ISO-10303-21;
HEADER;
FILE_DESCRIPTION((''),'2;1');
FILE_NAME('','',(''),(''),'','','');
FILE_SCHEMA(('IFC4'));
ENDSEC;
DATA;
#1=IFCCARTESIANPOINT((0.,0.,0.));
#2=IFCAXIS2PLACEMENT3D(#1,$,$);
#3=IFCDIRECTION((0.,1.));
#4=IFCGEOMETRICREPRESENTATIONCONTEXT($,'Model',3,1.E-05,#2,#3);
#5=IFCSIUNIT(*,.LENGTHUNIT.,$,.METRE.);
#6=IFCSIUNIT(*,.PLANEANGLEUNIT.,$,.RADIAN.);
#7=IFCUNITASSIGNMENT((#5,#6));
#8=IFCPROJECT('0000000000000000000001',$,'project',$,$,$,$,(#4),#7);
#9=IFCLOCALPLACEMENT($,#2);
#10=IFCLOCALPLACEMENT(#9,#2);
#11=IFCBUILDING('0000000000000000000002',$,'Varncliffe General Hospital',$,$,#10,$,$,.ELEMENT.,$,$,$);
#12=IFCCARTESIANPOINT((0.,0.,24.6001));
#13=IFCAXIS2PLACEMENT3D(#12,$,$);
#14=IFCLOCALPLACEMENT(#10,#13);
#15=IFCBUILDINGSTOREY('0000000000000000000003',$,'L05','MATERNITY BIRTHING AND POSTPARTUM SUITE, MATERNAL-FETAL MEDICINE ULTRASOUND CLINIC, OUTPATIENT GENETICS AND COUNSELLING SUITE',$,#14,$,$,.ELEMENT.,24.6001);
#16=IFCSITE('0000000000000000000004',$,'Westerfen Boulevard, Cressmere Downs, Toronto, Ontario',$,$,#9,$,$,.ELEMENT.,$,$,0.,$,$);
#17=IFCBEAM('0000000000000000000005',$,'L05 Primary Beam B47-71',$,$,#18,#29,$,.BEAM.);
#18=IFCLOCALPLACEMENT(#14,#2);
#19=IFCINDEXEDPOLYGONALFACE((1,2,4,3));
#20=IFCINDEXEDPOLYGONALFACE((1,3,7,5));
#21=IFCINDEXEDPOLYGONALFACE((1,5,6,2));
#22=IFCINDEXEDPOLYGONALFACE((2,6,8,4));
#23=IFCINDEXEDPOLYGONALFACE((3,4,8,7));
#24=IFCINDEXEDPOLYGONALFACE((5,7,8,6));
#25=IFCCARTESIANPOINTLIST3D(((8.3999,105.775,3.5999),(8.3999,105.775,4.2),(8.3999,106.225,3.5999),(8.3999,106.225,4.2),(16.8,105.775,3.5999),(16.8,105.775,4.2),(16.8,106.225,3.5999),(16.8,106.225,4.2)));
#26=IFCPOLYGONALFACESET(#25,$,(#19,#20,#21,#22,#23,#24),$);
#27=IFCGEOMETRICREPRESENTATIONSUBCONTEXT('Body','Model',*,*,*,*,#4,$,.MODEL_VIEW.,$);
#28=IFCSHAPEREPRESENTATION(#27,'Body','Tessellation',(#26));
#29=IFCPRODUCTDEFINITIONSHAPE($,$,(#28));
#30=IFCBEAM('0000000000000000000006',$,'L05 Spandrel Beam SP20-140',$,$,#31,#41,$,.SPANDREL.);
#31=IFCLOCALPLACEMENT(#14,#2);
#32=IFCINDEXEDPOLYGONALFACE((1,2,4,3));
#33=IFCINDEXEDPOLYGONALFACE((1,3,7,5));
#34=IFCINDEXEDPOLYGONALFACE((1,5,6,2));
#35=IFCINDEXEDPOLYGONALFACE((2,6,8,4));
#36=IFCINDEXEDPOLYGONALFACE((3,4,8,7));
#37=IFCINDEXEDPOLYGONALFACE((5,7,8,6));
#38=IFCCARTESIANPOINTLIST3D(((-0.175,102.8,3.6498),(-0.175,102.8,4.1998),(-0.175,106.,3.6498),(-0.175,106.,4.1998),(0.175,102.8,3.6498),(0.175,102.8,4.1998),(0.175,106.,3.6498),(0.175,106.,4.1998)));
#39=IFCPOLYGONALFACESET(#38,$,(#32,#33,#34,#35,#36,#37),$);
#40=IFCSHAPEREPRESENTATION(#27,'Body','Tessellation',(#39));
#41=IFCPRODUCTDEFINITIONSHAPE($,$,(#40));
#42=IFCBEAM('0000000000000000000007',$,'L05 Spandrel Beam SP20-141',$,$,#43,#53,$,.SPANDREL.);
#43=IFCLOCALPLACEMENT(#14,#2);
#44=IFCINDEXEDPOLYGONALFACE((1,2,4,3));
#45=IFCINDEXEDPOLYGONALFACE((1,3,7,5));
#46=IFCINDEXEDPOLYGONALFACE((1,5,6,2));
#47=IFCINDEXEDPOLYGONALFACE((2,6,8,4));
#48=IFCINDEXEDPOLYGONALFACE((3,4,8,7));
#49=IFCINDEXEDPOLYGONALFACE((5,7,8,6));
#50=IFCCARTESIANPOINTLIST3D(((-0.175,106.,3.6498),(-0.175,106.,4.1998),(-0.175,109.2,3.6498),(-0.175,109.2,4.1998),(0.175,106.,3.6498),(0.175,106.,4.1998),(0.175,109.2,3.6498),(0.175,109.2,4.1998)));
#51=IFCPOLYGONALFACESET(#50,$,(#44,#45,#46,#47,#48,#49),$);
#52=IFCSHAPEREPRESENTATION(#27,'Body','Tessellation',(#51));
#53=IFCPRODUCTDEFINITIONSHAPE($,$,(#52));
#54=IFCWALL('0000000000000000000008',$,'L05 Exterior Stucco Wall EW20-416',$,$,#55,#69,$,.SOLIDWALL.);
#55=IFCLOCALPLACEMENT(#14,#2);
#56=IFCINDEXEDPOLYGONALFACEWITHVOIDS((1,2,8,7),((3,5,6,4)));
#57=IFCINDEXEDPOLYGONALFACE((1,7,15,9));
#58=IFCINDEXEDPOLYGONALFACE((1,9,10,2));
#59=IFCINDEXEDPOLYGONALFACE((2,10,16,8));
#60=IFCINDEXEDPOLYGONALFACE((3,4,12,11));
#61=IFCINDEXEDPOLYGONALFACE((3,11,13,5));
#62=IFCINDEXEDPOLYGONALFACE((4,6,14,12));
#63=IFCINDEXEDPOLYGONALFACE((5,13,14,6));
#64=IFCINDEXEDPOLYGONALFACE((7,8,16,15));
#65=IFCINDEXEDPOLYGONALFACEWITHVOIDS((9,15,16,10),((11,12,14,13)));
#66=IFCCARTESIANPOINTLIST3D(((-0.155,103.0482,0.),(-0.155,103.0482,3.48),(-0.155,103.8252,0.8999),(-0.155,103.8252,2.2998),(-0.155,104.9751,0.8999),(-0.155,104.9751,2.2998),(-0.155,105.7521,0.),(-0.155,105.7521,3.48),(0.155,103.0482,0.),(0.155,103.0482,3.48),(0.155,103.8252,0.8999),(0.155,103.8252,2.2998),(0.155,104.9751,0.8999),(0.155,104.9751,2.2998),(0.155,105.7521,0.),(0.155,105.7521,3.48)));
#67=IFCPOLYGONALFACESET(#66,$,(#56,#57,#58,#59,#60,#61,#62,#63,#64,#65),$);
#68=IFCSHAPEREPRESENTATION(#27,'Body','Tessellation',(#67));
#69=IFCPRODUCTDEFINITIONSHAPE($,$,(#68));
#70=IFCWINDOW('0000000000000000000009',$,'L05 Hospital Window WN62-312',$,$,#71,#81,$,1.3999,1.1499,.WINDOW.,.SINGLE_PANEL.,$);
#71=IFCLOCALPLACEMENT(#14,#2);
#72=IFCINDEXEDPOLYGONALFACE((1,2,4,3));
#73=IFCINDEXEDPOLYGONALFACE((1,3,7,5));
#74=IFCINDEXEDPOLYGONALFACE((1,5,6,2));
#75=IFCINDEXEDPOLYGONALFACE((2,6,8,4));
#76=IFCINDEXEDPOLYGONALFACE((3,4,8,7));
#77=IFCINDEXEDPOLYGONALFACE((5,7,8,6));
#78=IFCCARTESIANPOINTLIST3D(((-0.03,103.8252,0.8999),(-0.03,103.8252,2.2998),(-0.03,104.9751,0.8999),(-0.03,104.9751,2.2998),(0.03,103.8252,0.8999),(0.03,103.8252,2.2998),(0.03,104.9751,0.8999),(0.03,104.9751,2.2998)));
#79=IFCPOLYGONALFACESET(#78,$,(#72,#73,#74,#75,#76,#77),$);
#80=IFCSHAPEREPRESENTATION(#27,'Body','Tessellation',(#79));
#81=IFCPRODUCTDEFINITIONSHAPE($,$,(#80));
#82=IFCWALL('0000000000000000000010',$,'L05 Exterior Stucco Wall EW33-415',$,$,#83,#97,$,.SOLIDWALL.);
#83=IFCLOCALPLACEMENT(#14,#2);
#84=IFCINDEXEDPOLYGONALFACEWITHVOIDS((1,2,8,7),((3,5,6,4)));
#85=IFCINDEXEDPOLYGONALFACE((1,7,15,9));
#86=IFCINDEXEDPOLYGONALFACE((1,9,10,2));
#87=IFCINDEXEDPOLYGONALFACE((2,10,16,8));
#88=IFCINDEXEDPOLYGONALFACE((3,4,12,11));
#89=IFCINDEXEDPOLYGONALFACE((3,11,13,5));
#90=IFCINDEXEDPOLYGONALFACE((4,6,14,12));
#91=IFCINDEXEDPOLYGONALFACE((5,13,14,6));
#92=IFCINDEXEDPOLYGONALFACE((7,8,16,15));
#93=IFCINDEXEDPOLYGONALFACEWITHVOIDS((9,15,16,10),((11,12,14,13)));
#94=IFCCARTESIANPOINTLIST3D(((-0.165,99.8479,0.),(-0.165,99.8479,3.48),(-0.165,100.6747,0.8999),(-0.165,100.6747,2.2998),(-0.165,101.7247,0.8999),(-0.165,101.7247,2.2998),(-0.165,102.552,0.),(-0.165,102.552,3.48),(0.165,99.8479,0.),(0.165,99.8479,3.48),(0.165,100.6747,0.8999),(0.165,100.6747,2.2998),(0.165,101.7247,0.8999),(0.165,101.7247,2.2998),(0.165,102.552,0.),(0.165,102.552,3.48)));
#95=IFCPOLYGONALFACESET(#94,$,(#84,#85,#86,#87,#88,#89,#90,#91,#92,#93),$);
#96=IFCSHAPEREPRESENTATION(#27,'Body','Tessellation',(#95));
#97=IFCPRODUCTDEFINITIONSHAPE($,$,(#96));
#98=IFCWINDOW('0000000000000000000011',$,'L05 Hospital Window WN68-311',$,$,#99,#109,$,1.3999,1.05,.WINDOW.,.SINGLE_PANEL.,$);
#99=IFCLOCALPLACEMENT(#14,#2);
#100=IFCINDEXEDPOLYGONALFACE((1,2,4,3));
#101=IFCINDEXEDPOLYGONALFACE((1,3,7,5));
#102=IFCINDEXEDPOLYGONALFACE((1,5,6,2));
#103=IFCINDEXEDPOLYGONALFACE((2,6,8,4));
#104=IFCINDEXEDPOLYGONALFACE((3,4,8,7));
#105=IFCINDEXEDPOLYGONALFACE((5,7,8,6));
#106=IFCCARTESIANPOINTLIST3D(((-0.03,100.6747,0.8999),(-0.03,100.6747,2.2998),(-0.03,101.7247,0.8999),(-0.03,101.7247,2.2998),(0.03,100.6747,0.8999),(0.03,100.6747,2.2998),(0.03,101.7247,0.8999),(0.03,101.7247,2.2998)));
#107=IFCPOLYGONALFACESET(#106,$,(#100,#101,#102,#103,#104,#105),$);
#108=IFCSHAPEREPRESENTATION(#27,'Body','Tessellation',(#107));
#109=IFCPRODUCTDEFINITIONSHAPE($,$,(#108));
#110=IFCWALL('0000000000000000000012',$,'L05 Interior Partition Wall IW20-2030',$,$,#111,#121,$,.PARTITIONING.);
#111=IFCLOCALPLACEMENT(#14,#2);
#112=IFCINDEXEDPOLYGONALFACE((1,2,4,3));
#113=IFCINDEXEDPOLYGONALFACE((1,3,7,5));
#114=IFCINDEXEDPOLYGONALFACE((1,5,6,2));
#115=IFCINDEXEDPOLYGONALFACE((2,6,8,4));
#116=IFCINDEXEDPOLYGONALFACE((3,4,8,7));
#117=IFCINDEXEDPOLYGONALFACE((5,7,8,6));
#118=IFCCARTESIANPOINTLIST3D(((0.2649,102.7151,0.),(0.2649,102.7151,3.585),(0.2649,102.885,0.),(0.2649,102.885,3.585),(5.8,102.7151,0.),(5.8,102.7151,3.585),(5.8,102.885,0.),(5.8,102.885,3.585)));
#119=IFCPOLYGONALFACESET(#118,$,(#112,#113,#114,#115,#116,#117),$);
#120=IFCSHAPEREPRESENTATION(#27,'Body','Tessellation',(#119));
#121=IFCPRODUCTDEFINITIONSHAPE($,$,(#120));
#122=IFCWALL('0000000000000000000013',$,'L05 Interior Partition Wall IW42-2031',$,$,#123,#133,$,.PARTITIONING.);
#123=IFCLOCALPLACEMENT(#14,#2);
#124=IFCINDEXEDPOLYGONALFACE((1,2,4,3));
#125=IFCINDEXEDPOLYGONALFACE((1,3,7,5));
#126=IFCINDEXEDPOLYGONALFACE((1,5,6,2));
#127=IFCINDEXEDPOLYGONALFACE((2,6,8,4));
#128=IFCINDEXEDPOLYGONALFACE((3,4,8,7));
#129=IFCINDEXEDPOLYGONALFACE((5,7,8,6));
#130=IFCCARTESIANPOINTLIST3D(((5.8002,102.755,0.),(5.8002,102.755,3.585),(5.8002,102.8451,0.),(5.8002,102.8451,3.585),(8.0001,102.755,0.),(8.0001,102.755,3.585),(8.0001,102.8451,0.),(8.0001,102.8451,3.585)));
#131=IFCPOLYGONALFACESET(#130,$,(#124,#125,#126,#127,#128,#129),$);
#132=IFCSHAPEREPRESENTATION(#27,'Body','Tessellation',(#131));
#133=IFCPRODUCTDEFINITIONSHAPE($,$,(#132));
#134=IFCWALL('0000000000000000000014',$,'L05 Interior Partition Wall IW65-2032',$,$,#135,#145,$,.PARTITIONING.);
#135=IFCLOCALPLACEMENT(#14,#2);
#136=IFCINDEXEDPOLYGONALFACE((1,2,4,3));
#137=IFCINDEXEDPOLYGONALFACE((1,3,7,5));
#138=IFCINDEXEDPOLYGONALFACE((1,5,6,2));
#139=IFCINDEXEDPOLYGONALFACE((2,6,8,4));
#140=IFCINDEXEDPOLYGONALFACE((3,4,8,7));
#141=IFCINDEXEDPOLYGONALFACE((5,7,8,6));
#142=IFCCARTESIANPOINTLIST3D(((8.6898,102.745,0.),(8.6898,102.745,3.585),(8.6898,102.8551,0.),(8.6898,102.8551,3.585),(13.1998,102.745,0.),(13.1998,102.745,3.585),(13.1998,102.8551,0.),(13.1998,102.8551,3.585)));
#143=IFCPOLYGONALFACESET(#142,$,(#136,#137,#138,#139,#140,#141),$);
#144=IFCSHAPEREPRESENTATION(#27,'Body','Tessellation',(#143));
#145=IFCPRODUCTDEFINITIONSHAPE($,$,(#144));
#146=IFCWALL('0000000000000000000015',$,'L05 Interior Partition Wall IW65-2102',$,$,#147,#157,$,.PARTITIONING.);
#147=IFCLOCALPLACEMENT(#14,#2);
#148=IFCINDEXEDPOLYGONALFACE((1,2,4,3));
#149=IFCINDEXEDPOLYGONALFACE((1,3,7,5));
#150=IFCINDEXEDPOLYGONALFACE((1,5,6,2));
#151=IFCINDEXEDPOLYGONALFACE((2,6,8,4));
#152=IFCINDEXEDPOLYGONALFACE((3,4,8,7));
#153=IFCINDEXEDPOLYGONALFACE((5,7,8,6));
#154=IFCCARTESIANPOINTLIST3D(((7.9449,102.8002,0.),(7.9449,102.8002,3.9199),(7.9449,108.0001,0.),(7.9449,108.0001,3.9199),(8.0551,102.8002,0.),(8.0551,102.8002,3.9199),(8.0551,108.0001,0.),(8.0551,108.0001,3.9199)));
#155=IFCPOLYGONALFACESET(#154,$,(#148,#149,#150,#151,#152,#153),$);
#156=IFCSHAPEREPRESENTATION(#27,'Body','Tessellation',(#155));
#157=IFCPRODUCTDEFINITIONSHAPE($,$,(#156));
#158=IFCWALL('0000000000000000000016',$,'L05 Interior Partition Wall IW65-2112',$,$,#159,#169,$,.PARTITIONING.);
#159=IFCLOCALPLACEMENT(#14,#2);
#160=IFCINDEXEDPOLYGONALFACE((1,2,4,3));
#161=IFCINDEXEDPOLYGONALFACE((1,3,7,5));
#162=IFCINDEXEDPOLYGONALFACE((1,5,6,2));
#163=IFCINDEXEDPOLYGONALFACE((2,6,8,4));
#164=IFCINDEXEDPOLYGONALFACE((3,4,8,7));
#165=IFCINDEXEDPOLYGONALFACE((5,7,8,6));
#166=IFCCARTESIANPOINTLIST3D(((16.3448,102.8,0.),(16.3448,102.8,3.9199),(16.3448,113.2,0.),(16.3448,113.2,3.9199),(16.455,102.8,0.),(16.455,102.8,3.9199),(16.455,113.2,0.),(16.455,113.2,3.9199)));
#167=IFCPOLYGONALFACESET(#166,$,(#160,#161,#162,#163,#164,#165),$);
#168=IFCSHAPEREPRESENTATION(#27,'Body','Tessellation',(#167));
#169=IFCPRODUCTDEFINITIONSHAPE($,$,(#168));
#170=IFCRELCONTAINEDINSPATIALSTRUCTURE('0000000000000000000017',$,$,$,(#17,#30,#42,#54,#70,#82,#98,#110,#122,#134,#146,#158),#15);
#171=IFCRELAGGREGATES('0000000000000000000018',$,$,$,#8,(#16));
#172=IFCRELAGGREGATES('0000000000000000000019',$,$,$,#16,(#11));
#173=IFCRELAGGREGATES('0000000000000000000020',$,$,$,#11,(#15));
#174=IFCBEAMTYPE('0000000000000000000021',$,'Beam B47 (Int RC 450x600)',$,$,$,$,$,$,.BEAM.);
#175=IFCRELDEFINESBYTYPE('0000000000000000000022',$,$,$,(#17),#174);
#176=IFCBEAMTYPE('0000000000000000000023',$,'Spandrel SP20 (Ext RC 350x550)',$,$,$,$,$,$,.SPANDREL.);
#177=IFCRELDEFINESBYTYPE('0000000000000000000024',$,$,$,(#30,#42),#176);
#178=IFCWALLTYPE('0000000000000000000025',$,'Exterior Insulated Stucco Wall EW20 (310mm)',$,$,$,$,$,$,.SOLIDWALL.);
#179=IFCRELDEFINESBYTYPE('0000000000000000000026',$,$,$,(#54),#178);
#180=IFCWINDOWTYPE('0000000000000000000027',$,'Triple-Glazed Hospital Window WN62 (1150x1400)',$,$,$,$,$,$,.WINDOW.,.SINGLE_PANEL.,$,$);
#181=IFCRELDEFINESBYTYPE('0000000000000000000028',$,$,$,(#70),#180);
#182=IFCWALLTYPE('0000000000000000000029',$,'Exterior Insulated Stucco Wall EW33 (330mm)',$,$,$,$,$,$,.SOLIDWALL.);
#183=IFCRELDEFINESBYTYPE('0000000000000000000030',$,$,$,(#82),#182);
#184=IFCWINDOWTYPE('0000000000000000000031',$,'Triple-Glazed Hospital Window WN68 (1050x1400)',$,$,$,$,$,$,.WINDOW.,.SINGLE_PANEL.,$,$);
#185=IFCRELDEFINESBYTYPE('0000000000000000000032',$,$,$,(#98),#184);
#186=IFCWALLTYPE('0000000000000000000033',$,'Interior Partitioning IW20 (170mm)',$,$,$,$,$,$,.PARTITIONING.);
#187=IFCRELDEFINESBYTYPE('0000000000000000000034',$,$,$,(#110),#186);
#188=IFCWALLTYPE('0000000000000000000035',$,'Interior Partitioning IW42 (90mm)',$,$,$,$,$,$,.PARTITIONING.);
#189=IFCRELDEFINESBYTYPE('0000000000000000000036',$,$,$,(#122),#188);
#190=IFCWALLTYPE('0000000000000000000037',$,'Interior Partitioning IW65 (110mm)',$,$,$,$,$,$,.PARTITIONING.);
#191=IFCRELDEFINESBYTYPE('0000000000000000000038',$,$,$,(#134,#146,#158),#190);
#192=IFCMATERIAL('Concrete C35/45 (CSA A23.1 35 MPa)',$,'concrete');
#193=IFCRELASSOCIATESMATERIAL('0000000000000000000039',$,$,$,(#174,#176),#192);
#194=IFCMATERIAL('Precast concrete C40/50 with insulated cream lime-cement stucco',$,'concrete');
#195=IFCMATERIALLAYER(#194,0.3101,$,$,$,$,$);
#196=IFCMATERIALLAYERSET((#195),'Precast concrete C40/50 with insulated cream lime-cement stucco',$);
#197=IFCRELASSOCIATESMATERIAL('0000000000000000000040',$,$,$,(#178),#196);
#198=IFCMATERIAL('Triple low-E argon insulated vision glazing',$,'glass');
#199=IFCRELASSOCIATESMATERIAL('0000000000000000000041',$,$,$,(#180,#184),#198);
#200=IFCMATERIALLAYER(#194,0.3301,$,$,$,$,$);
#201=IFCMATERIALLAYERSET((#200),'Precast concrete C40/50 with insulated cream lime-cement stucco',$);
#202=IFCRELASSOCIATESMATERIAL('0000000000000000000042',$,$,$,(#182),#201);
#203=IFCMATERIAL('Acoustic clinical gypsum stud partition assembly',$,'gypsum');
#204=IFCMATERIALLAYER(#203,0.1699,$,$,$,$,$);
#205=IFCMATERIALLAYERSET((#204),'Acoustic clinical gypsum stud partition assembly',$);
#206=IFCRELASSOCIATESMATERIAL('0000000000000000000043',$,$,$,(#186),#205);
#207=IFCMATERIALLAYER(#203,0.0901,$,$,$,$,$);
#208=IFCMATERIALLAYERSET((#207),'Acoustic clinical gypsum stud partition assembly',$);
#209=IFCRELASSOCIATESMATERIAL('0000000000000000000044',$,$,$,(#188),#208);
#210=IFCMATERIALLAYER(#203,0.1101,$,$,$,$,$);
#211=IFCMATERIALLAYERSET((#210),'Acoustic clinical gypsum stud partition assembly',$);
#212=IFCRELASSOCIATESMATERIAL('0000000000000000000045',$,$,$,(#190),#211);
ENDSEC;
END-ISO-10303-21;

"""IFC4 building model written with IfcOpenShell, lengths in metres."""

from ifc_helpers import new_model, si_unit, direction, frame, frame_2d, origin, origin_2d, place, context, subcontext, project, spatial, rectangle, extrude, material, layer, layer_set, material_profile, profile_set, type_object, element, fill, save


model = new_model("IFC4")

# Units and contexts
model_context = context("Model", 3, precision=1e-05, world=origin(), true_north=direction((0.0, 1.0)))
body_context = subcontext(model_context, "Body", "Model", "MODEL_VIEW")
ifc_project = project(units=[si_unit("LENGTHUNIT", "METRE"), si_unit("PLANEANGLEUNIT", "RADIAN")], contexts=[model_context])

# Site, building, storey
site_placement = place(None, origin())
site = spatial("IfcSite", under=ifc_project, at=site_placement, Name="Westerfen Boulevard, Cressmere Downs, Toronto, Ontario", CompositionType="ELEMENT", RefElevation=0.0)
building_placement = place(site_placement, origin())
building = spatial("IfcBuilding", under=site, at=building_placement, Name="Varncliffe General Hospital", CompositionType="ELEMENT")
storey_placement = place(building_placement, frame((0.0, 0.0, 24.6001)))
storey = spatial("IfcBuildingStorey", under=building, at=storey_placement, Name="L05", Description="MATERNITY BIRTHING AND POSTPARTUM SUITE, MATERNAL-FETAL MEDICINE ULTRASOUND CLINIC, OUTPATIENT GENETICS AND COUNSELLING SUITE", CompositionType="ELEMENT", Elevation=24.6001)

# Beams
ifc_material_1 = material(Name="Concrete C35/45 (CSA A23.1 35 MPa)", Category="concrete")
ifc_material_profile_1 = material_profile(ifc_material_1, rectangle(XDim=0.45, YDim=0.6001, at=origin_2d()), Name="RC 450x600")
ifc_profile_set_1 = profile_set([ifc_material_profile_1], Name="Concrete C35/45 (CSA A23.1 35 MPa)")
beam_type_1 = type_object("IfcBeamType", Name="Beam B47 (Int RC 450x600)", PredefinedType="BEAM", material=ifc_profile_set_1)
beam_1_placement = place(storey_placement, frame((8.3999, 106.0, 3.8999), z_axis=(1.0, 0.0, 0.0), x_axis=(0.0, 1.0, 0.0)))
element("IfcBeam", 1, at=beam_1_placement, inside=storey, type_object=beam_type_1, Name="L05 Primary Beam B47-71", PredefinedType="BEAM", context=body_context, shape_type="SweptSolid", body=[
    extrude(rectangle(XDim=0.45, YDim=0.6001, at=origin_2d()), origin(), (0.0, 0.0, 1.0), 8.4001),
])
ifc_material_profile_2 = material_profile(ifc_material_1, rectangle(XDim=0.3501, YDim=0.55, at=origin_2d()), Name="RC 350x550")
ifc_profile_set_2 = profile_set([ifc_material_profile_2], Name="Concrete C35/45 (CSA A23.1 35 MPa)")
beam_type_2 = type_object("IfcBeamType", Name="Spandrel SP20 (Ext RC 350x550)", PredefinedType="SPANDREL", material=ifc_profile_set_2)
for number, where, z_axis, x_axis, name in (
    (2, (0.0, 102.8, 3.9248), (0.0, 1.0, 0.0), (-1.0, 0.0, 0.0), "L05 Spandrel Beam SP20-140"),
    (3, (0.0, 106.0, 3.9248), (0.0, 1.0, 0.0), (-1.0, 0.0, 0.0), "L05 Spandrel Beam SP20-141"),
):
    element("IfcBeam", number, at=place(storey_placement, frame(where, z_axis=z_axis, x_axis=x_axis)), inside=storey, type_object=beam_type_2, Name=name, PredefinedType="SPANDREL", context=body_context, shape_type="SweptSolid", body=[
        extrude(rectangle(XDim=0.3501, YDim=0.55, at=origin_2d()), origin(), (0.0, 0.0, 1.0), 3.2),
    ])

# Walls, openings, windows
ifc_material_2 = material(Name="Precast concrete C40/50 with insulated cream lime-cement stucco", Category="concrete")
ifc_layer_1 = layer(ifc_material_2, 0.3101)
ifc_layer_set_1 = layer_set([ifc_layer_1], Name="Precast concrete C40/50 with insulated cream lime-cement stucco")
wall_type_1 = type_object("IfcWallType", Name="Exterior Insulated Stucco Wall EW20 (310mm)", PredefinedType="SOLIDWALL", material=ifc_layer_set_1)
wall_1_placement = place(storey_placement, frame((0.0, 103.0481, 0.0), z_axis=(0.0, 0.0, 1.0), x_axis=(0.0, 1.0, 0.0)))
wall_1 = element("IfcWall", 4, at=wall_1_placement, inside=storey, type_object=wall_type_1, Name="L05 Exterior Stucco Wall EW20-416", PredefinedType="SOLIDWALL", context=body_context, shape_type="SweptSolid", body=[
    extrude(rectangle(XDim=2.7039, YDim=0.3101, at=frame_2d((1.3521, 0.0))), origin(), (0.0, 0.0, 1.0), 3.48),
])
opening_1_placement = place(wall_1_placement, frame((0.7771, 0.0, 0.8999)))
opening_1 = element("IfcOpeningElement", 5, at=opening_1_placement, cuts=wall_1, PredefinedType="OPENING", context=body_context, shape_type="SweptSolid", body=[
    extrude(rectangle(XDim=1.1499, YDim=1.3999, at=frame_2d((0.575, 0.7))), frame((0.0, 0.165, 0.0), z_axis=(0.0, -1.0, 0.0), x_axis=(1.0, 0.0, 0.0)), (0.0, 0.0, 1.0), 0.3301),
])
ifc_material_3 = material(Name="Triple low-E argon insulated vision glazing", Category="glass")
window_type_1 = type_object("IfcWindowType", Name="Triple-Glazed Hospital Window WN62 (1150x1400)", PartitioningType="SINGLE_PANEL", PredefinedType="WINDOW", material=ifc_material_3)
window_1_placement = place(opening_1_placement, origin())
window_1 = element("IfcWindow", 6, at=window_1_placement, inside=storey, type_object=window_type_1, Name="L05 Hospital Window WN62-312", OverallHeight=1.3999, OverallWidth=1.1499, PartitioningType="SINGLE_PANEL", PredefinedType="WINDOW", context=body_context, shape_type="SweptSolid", body=[
    extrude(rectangle(XDim=1.1499, YDim=1.3999, at=frame_2d((0.575, 0.7))), frame((0.0, 0.03, 0.0), z_axis=(0.0, -1.0, 0.0), x_axis=(1.0, 0.0, 0.0)), (0.0, 0.0, 1.0), 0.0601),
])
fill(opening_1, window_1)
ifc_layer_2 = layer(ifc_material_2, 0.3301)
ifc_layer_set_2 = layer_set([ifc_layer_2], Name="Precast concrete C40/50 with insulated cream lime-cement stucco")
wall_type_2 = type_object("IfcWallType", Name="Exterior Insulated Stucco Wall EW33 (330mm)", PredefinedType="SOLIDWALL", material=ifc_layer_set_2)
wall_2_placement = place(storey_placement, frame((0.0, 99.8479, 0.0), z_axis=(0.0, 0.0, 1.0), x_axis=(0.0, 1.0, 0.0)))
wall_2 = element("IfcWall", 7, at=wall_2_placement, inside=storey, type_object=wall_type_2, Name="L05 Exterior Stucco Wall EW33-415", PredefinedType="SOLIDWALL", context=body_context, shape_type="SweptSolid", body=[
    extrude(rectangle(XDim=2.7041, YDim=0.3301, at=frame_2d((1.3521, 0.0))), origin(), (0.0, 0.0, 1.0), 3.48),
])
opening_2_placement = place(wall_2_placement, frame((0.8269, 0.0, 0.8999)))
opening_2 = element("IfcOpeningElement", 8, at=opening_2_placement, cuts=wall_2, PredefinedType="OPENING", context=body_context, shape_type="SweptSolid", body=[
    extrude(rectangle(XDim=1.05, YDim=1.3999, at=frame_2d((0.5249, 0.7))), frame((0.0, 0.175, 0.0), z_axis=(0.0, -1.0, 0.0), x_axis=(1.0, 0.0, 0.0)), (0.0, 0.0, 1.0), 0.3501),
])
window_type_2 = type_object("IfcWindowType", Name="Triple-Glazed Hospital Window WN68 (1050x1400)", PartitioningType="SINGLE_PANEL", PredefinedType="WINDOW", material=ifc_material_3)
window_2_placement = place(opening_2_placement, origin())
window_2 = element("IfcWindow", 9, at=window_2_placement, inside=storey, type_object=window_type_2, Name="L05 Hospital Window WN68-311", OverallHeight=1.3999, OverallWidth=1.05, PartitioningType="SINGLE_PANEL", PredefinedType="WINDOW", context=body_context, shape_type="SweptSolid", body=[
    extrude(rectangle(XDim=1.05, YDim=1.3999, at=frame_2d((0.5249, 0.7))), frame((0.0, 0.03, 0.0), z_axis=(0.0, -1.0, 0.0), x_axis=(1.0, 0.0, 0.0)), (0.0, 0.0, 1.0), 0.0601),
])
fill(opening_2, window_2)

# Walls
ifc_material_4 = material(Name="Acoustic clinical gypsum stud partition assembly", Category="gypsum")
ifc_layer_3 = layer(ifc_material_4, 0.1699)
ifc_layer_set_3 = layer_set([ifc_layer_3], Name="Acoustic clinical gypsum stud partition assembly")
wall_type_3 = type_object("IfcWallType", Name="Interior Partitioning IW20 (170mm)", PredefinedType="PARTITIONING", material=ifc_layer_set_3)
wall_3_placement = place(storey_placement, frame((0.2649, 102.8, 0.0), z_axis=(0.0, 0.0, 1.0), x_axis=(1.0, 0.0, 0.0)))
element("IfcWall", 10, at=wall_3_placement, inside=storey, type_object=wall_type_3, Name="L05 Interior Partition Wall IW20-2030", PredefinedType="PARTITIONING", context=body_context, shape_type="SweptSolid", body=[
    extrude(rectangle(XDim=5.5352, YDim=0.1699, at=frame_2d((2.7676, 0.0))), origin(), (0.0, 0.0, 1.0), 3.585),
])
ifc_layer_4 = layer(ifc_material_4, 0.0901)
ifc_layer_set_4 = layer_set([ifc_layer_4], Name="Acoustic clinical gypsum stud partition assembly")
wall_type_4 = type_object("IfcWallType", Name="Interior Partitioning IW42 (90mm)", PredefinedType="PARTITIONING", material=ifc_layer_set_4)
wall_4_placement = place(storey_placement, frame((5.8, 102.8, 0.0), z_axis=(0.0, 0.0, 1.0), x_axis=(1.0, 0.0, 0.0)))
element("IfcWall", 11, at=wall_4_placement, inside=storey, type_object=wall_type_4, Name="L05 Interior Partition Wall IW42-2031", PredefinedType="PARTITIONING", context=body_context, shape_type="SweptSolid", body=[
    extrude(rectangle(XDim=2.2, YDim=0.0901, at=frame_2d((1.1001, 0.0))), origin(), (0.0, 0.0, 1.0), 3.585),
])
ifc_layer_5 = layer(ifc_material_4, 0.1101)
ifc_layer_set_5 = layer_set([ifc_layer_5], Name="Acoustic clinical gypsum stud partition assembly")
wall_type_5 = type_object("IfcWallType", Name="Interior Partitioning IW65 (110mm)", PredefinedType="PARTITIONING", material=ifc_layer_set_5)
wall_5_placement = place(storey_placement, frame((8.6899, 102.8, 0.0), z_axis=(0.0, 0.0, 1.0), x_axis=(1.0, 0.0, 0.0)))
element("IfcWall", 12, at=wall_5_placement, inside=storey, type_object=wall_type_5, Name="L05 Interior Partition Wall IW65-2032", PredefinedType="PARTITIONING", context=body_context, shape_type="SweptSolid", body=[
    extrude(rectangle(XDim=4.51, YDim=0.1101, at=frame_2d((2.2549, 0.0))), origin(), (0.0, 0.0, 1.0), 3.585),
])
wall_6_placement = place(storey_placement, frame((8.0, 102.8, 0.0), z_axis=(0.0, 0.0, 1.0), x_axis=(0.0, 1.0, 0.0)))
element("IfcWall", 13, at=wall_6_placement, inside=storey, type_object=wall_type_5, Name="L05 Interior Partition Wall IW65-2102", PredefinedType="PARTITIONING", context=body_context, shape_type="SweptSolid", body=[
    extrude(rectangle(XDim=5.2, YDim=0.1101, at=frame_2d((2.6001, 0.0))), origin(), (0.0, 0.0, 1.0), 3.9199),
])
wall_7_placement = place(storey_placement, frame((16.3999, 102.8, 0.0), z_axis=(0.0, 0.0, 1.0), x_axis=(0.0, 1.0, 0.0)))
element("IfcWall", 14, at=wall_7_placement, inside=storey, type_object=wall_type_5, Name="L05 Interior Partition Wall IW65-2112", PredefinedType="PARTITIONING", context=body_context, shape_type="SweptSolid", body=[
    extrude(rectangle(XDim=10.3999, YDim=0.1101, at=frame_2d((5.2, 0.0))), origin(), (0.0, 0.0, 1.0), 3.9199),
])

save(model, "model.ifc")
